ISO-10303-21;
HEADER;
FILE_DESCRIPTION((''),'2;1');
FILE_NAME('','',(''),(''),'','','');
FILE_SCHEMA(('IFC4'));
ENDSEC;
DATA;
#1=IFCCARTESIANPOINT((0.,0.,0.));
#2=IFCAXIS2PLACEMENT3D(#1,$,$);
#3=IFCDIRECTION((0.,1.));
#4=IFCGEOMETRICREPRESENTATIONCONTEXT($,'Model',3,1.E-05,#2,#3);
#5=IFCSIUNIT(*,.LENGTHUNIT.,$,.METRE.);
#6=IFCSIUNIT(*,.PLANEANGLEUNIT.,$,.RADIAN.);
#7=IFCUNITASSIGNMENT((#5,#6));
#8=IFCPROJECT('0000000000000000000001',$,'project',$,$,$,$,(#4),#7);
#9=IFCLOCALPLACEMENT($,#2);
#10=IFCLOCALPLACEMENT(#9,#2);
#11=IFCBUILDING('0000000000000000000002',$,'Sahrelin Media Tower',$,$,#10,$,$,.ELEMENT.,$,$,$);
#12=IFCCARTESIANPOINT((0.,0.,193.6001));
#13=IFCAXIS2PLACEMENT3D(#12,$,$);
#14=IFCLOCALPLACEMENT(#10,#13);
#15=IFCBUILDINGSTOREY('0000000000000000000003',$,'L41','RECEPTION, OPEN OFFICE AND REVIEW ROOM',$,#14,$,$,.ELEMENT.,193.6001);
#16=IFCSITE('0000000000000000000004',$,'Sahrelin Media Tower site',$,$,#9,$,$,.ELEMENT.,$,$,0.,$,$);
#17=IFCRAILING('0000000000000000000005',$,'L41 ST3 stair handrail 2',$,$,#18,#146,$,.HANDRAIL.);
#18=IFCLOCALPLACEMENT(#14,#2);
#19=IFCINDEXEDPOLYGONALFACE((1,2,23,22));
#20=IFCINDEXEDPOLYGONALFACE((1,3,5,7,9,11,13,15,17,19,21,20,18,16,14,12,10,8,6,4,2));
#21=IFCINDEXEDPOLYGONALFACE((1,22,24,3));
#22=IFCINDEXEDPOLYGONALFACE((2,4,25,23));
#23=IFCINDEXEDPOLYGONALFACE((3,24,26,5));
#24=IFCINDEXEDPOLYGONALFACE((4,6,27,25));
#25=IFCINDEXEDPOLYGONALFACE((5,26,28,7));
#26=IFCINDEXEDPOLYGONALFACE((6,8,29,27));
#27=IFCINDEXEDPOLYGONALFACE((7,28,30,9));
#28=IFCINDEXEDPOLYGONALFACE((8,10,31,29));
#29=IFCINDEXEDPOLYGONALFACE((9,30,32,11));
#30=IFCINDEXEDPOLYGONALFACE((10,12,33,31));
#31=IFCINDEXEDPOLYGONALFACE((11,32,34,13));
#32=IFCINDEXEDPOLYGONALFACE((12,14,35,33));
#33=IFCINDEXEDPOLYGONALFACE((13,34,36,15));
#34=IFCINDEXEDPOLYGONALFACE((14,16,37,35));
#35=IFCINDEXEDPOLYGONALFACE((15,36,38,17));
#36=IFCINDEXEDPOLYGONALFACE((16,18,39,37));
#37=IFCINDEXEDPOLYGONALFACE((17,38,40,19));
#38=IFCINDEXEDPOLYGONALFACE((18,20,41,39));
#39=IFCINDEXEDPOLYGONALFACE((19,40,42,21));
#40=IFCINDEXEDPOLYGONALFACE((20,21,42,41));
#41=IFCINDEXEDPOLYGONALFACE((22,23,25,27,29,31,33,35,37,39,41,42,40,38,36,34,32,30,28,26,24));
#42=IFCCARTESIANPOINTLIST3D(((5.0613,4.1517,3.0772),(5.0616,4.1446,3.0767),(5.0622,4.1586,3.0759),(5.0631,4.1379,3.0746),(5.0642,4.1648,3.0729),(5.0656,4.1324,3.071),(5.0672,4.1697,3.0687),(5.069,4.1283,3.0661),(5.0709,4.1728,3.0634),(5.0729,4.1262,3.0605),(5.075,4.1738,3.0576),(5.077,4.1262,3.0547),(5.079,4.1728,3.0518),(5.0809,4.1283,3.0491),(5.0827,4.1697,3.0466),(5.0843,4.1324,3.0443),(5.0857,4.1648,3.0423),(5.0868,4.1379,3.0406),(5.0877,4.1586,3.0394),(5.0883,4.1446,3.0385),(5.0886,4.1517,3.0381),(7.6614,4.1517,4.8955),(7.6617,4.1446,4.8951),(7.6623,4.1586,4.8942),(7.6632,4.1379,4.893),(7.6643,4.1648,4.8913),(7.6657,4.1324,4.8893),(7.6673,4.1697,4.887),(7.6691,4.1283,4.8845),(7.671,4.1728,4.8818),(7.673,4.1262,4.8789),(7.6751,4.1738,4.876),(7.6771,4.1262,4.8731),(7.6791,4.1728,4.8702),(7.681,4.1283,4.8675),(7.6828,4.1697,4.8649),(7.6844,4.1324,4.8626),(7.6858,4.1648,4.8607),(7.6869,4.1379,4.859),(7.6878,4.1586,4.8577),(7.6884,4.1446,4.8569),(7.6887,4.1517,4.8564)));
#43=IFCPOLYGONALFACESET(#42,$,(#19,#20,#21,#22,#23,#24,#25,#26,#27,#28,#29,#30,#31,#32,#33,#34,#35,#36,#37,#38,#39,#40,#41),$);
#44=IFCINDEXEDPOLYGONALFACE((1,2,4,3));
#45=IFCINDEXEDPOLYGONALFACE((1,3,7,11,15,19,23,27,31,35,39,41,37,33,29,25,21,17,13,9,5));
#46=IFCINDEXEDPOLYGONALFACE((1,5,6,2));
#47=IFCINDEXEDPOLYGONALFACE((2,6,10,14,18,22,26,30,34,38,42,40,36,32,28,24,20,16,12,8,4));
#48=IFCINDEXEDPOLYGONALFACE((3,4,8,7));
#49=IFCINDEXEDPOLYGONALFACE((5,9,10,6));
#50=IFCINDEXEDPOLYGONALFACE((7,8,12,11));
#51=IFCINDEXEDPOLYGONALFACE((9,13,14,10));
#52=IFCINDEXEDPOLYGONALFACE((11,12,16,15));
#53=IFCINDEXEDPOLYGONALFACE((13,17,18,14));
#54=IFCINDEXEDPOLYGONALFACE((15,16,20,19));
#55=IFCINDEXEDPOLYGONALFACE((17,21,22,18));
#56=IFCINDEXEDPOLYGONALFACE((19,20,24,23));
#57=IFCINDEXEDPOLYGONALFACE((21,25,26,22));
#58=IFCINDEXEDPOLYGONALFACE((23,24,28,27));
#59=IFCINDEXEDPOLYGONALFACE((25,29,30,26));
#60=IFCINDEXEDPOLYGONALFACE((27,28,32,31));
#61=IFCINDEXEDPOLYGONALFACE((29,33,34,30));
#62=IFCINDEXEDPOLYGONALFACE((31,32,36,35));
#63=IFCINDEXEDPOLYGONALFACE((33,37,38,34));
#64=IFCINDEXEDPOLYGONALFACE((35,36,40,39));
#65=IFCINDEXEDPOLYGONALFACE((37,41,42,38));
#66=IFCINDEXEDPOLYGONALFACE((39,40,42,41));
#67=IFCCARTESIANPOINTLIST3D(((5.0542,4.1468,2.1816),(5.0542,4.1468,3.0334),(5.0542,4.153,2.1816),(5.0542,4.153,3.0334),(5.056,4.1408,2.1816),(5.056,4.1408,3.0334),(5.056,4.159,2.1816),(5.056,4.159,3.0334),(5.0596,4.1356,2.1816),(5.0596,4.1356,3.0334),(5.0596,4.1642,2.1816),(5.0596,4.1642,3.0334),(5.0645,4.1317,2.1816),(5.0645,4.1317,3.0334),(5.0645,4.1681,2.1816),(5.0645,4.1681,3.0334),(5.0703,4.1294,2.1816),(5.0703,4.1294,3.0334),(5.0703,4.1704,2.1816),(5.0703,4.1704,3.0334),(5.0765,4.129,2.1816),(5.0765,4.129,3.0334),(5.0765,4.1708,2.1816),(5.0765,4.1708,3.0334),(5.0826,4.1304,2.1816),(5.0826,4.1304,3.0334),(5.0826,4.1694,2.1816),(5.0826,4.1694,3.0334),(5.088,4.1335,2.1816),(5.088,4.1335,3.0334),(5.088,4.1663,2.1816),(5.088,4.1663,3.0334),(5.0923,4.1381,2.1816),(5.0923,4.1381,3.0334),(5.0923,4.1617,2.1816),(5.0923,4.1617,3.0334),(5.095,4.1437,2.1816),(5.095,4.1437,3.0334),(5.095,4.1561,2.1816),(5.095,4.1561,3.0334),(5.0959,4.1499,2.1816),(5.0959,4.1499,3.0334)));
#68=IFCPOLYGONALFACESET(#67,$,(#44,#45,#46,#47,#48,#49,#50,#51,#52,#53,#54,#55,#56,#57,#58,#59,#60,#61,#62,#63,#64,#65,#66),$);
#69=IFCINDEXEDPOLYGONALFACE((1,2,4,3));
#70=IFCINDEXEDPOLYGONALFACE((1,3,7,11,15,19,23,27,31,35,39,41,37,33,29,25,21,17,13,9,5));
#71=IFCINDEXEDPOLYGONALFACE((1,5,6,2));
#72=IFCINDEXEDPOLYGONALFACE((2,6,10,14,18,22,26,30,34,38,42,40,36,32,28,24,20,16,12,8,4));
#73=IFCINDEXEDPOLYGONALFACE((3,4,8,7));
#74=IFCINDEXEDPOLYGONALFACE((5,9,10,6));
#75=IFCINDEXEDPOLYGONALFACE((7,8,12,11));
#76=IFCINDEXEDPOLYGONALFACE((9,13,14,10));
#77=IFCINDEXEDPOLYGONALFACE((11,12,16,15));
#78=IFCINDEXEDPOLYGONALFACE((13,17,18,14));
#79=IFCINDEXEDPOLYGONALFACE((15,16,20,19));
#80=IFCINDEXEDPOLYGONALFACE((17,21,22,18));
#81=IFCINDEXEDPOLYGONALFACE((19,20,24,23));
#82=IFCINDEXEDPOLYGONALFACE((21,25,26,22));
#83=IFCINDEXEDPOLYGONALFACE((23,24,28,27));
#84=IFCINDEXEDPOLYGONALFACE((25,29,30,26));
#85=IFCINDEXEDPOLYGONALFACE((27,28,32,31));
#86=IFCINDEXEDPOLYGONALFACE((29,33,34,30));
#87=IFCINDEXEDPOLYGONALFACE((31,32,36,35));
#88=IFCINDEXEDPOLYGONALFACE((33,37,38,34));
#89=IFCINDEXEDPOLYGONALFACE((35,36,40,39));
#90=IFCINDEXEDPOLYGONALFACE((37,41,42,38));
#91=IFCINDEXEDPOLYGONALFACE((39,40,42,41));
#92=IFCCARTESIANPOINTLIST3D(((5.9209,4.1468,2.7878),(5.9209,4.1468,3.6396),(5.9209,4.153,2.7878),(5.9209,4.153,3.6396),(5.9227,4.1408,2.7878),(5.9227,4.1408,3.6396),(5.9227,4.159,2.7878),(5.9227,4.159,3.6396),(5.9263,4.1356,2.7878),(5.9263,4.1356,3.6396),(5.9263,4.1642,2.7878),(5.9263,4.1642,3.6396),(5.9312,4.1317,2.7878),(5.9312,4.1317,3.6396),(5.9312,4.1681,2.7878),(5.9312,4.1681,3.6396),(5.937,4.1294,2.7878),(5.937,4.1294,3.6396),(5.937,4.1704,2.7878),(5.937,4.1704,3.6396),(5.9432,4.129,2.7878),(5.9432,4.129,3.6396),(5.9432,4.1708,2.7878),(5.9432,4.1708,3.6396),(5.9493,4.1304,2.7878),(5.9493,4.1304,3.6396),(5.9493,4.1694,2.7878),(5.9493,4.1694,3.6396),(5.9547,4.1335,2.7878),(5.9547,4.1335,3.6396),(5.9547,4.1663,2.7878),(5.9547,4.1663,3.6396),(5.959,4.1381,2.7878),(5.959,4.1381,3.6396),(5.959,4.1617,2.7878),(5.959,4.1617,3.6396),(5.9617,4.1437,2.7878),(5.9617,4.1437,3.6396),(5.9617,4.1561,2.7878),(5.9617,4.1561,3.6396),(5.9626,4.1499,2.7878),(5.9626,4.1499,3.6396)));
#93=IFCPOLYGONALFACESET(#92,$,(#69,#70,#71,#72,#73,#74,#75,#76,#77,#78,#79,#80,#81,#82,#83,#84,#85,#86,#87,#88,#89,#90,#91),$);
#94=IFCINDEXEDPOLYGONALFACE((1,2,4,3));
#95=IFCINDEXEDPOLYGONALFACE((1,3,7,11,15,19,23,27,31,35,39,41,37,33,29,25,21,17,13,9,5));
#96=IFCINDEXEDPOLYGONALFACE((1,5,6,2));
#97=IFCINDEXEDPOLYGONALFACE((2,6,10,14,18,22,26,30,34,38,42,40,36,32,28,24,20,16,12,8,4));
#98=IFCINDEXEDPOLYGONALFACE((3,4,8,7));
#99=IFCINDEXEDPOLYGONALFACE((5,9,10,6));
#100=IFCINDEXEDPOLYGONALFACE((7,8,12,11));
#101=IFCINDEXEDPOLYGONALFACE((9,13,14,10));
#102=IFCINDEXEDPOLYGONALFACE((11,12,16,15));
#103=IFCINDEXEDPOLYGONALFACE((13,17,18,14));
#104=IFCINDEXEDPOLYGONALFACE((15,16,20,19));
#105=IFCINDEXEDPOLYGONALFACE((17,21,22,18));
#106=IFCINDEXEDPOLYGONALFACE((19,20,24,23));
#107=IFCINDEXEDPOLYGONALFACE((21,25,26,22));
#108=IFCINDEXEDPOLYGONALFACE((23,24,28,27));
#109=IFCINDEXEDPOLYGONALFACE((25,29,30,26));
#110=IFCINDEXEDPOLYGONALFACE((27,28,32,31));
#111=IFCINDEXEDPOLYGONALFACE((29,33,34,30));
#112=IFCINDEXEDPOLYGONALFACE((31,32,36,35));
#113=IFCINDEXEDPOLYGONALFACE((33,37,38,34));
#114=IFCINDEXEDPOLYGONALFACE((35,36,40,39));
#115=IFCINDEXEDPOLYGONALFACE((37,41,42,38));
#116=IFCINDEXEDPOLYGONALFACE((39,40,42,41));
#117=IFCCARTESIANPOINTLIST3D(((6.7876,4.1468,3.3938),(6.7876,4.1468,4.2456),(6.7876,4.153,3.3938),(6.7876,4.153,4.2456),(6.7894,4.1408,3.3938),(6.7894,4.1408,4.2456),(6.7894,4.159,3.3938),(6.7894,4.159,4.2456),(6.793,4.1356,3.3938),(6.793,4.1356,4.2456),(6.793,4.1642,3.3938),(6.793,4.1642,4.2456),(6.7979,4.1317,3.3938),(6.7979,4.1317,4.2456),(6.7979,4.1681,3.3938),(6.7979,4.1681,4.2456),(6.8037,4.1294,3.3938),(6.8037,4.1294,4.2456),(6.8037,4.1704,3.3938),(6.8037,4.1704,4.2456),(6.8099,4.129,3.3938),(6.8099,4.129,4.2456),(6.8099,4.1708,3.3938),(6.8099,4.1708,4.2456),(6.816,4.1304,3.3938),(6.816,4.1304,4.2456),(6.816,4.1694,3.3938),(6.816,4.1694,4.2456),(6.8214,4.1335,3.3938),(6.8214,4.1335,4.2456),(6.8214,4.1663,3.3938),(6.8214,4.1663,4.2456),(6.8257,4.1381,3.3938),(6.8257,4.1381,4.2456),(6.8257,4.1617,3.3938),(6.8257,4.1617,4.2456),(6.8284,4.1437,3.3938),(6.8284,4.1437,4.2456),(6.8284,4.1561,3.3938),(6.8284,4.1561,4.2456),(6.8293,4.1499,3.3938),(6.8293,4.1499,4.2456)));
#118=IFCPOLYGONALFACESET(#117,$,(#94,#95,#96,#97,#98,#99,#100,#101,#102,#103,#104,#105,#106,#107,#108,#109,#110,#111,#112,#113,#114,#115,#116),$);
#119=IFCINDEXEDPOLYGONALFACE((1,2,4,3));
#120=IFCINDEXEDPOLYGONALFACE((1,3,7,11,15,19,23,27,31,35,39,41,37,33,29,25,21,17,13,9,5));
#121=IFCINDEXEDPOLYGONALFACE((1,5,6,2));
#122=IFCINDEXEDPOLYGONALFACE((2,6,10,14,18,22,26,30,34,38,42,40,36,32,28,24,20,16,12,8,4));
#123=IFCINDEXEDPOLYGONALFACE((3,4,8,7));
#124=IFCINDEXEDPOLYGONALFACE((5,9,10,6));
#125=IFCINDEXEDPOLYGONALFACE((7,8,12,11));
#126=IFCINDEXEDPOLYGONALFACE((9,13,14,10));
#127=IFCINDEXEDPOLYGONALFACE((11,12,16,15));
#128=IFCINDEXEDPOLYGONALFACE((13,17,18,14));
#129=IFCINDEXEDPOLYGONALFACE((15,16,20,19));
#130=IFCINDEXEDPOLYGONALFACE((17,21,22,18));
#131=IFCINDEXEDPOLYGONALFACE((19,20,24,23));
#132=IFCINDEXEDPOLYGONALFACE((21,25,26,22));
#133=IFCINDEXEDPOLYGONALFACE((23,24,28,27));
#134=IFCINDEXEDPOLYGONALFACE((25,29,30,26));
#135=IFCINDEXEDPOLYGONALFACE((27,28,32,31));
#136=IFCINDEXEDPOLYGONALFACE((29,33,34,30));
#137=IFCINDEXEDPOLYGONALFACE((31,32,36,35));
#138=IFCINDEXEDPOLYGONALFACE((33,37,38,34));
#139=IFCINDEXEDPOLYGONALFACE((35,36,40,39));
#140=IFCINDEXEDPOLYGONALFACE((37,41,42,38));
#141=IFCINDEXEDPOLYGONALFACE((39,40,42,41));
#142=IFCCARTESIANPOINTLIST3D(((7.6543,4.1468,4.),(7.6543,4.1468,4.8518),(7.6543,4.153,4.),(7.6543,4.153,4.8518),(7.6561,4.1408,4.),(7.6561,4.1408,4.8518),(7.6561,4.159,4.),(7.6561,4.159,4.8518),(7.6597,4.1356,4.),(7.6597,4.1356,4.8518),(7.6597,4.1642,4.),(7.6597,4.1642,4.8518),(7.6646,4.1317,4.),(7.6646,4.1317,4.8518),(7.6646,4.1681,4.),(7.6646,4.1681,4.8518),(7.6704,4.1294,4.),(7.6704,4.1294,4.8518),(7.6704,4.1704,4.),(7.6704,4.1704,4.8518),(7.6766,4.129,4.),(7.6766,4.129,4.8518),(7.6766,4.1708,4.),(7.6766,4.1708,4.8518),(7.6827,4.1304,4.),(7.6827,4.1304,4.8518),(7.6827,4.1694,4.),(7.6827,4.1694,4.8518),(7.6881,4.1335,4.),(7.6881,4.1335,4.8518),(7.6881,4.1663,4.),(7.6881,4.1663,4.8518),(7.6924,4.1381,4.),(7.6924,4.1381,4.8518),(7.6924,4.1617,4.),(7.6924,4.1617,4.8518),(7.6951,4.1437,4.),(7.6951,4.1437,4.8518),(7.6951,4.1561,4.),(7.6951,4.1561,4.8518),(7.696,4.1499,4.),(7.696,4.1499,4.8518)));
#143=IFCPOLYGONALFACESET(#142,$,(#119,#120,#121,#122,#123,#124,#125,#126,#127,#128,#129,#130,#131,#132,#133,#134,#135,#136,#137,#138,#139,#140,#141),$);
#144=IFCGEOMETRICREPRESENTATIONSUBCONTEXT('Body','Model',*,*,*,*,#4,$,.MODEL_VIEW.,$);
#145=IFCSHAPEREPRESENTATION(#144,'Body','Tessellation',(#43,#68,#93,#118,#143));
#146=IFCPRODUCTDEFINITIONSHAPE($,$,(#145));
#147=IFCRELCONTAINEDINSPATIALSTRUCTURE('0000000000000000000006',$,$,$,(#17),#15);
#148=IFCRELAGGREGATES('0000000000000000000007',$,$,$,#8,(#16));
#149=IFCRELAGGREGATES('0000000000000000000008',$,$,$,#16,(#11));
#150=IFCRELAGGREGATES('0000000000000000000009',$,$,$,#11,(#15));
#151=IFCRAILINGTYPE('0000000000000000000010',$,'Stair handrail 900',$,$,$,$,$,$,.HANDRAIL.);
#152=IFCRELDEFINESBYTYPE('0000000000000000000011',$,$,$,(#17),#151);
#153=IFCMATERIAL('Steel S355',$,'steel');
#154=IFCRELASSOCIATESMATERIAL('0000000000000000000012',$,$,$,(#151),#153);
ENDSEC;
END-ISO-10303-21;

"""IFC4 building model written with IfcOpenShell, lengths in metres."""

from ifc_helpers import new_model, si_unit, direction, frame, origin, origin_2d, place, context, subcontext, project, spatial, circle, extrude, material, type_object, element, save


model = new_model("IFC4")

# Units and contexts
model_context = context("Model", 3, precision=1e-05, world=origin(), true_north=direction((0.0, 1.0)))
body_context = subcontext(model_context, "Body", "Model", "MODEL_VIEW")
ifc_project = project(units=[si_unit("LENGTHUNIT", "METRE"), si_unit("PLANEANGLEUNIT", "RADIAN")], contexts=[model_context])

# Site, building, storey
site_placement = place(None, origin())
site = spatial("IfcSite", under=ifc_project, at=site_placement, Name="Sahrelin Media Tower site", CompositionType="ELEMENT", RefElevation=0.0)
building_placement = place(site_placement, origin())
building = spatial("IfcBuilding", under=site, at=building_placement, Name="Sahrelin Media Tower", CompositionType="ELEMENT")
storey_placement = place(building_placement, frame((0.0, 0.0, 193.6001)))
storey = spatial("IfcBuildingStorey", under=building, at=storey_placement, Name="L41", Description="RECEPTION, OPEN OFFICE AND REVIEW ROOM", CompositionType="ELEMENT", Elevation=193.6001)

# Shared definitions
ifc_material_1 = material(Name="Steel S355", Category="steel")

# Railing
railing_type_1 = type_object("IfcRailingType", Name="Stair handrail 900", PredefinedType="HANDRAIL", material=ifc_material_1)
railing_1_placement = place(storey_placement, frame((5.075, 4.1499, 2.1816)))
element("IfcRailing", 1, at=railing_1_placement, inside=storey, type_object=railing_type_1, Name="L41 ST3 stair handrail 2", PredefinedType="HANDRAIL", context=body_context, shape_type="SweptSolid", body=[
    extrude(circle(Radius=0.0239, at=origin_2d()), frame((0.0, 0.0, 0.876), z_axis=(0.819485, 0.0, 0.573101), x_axis=(0.0, 1.0, 0.0)), (0.0, 0.0, 1.0), 3.1729),
    extrude(circle(Radius=0.021, at=origin_2d()), origin(), (0.0, 0.0, 1.0), 0.8518),
    extrude(circle(Radius=0.021, at=origin_2d()), frame((0.8667, 0.0, 0.6062)), (0.0, 0.0, 1.0), 0.8518),
    extrude(circle(Radius=0.021, at=origin_2d()), frame((1.7334, 0.0, 1.2122)), (0.0, 0.0, 1.0), 0.8518),
    extrude(circle(Radius=0.021, at=origin_2d()), frame((2.6001, 0.0, 1.8184)), (0.0, 0.0, 1.0), 0.8518),
])

save(model, "model.ifc")
